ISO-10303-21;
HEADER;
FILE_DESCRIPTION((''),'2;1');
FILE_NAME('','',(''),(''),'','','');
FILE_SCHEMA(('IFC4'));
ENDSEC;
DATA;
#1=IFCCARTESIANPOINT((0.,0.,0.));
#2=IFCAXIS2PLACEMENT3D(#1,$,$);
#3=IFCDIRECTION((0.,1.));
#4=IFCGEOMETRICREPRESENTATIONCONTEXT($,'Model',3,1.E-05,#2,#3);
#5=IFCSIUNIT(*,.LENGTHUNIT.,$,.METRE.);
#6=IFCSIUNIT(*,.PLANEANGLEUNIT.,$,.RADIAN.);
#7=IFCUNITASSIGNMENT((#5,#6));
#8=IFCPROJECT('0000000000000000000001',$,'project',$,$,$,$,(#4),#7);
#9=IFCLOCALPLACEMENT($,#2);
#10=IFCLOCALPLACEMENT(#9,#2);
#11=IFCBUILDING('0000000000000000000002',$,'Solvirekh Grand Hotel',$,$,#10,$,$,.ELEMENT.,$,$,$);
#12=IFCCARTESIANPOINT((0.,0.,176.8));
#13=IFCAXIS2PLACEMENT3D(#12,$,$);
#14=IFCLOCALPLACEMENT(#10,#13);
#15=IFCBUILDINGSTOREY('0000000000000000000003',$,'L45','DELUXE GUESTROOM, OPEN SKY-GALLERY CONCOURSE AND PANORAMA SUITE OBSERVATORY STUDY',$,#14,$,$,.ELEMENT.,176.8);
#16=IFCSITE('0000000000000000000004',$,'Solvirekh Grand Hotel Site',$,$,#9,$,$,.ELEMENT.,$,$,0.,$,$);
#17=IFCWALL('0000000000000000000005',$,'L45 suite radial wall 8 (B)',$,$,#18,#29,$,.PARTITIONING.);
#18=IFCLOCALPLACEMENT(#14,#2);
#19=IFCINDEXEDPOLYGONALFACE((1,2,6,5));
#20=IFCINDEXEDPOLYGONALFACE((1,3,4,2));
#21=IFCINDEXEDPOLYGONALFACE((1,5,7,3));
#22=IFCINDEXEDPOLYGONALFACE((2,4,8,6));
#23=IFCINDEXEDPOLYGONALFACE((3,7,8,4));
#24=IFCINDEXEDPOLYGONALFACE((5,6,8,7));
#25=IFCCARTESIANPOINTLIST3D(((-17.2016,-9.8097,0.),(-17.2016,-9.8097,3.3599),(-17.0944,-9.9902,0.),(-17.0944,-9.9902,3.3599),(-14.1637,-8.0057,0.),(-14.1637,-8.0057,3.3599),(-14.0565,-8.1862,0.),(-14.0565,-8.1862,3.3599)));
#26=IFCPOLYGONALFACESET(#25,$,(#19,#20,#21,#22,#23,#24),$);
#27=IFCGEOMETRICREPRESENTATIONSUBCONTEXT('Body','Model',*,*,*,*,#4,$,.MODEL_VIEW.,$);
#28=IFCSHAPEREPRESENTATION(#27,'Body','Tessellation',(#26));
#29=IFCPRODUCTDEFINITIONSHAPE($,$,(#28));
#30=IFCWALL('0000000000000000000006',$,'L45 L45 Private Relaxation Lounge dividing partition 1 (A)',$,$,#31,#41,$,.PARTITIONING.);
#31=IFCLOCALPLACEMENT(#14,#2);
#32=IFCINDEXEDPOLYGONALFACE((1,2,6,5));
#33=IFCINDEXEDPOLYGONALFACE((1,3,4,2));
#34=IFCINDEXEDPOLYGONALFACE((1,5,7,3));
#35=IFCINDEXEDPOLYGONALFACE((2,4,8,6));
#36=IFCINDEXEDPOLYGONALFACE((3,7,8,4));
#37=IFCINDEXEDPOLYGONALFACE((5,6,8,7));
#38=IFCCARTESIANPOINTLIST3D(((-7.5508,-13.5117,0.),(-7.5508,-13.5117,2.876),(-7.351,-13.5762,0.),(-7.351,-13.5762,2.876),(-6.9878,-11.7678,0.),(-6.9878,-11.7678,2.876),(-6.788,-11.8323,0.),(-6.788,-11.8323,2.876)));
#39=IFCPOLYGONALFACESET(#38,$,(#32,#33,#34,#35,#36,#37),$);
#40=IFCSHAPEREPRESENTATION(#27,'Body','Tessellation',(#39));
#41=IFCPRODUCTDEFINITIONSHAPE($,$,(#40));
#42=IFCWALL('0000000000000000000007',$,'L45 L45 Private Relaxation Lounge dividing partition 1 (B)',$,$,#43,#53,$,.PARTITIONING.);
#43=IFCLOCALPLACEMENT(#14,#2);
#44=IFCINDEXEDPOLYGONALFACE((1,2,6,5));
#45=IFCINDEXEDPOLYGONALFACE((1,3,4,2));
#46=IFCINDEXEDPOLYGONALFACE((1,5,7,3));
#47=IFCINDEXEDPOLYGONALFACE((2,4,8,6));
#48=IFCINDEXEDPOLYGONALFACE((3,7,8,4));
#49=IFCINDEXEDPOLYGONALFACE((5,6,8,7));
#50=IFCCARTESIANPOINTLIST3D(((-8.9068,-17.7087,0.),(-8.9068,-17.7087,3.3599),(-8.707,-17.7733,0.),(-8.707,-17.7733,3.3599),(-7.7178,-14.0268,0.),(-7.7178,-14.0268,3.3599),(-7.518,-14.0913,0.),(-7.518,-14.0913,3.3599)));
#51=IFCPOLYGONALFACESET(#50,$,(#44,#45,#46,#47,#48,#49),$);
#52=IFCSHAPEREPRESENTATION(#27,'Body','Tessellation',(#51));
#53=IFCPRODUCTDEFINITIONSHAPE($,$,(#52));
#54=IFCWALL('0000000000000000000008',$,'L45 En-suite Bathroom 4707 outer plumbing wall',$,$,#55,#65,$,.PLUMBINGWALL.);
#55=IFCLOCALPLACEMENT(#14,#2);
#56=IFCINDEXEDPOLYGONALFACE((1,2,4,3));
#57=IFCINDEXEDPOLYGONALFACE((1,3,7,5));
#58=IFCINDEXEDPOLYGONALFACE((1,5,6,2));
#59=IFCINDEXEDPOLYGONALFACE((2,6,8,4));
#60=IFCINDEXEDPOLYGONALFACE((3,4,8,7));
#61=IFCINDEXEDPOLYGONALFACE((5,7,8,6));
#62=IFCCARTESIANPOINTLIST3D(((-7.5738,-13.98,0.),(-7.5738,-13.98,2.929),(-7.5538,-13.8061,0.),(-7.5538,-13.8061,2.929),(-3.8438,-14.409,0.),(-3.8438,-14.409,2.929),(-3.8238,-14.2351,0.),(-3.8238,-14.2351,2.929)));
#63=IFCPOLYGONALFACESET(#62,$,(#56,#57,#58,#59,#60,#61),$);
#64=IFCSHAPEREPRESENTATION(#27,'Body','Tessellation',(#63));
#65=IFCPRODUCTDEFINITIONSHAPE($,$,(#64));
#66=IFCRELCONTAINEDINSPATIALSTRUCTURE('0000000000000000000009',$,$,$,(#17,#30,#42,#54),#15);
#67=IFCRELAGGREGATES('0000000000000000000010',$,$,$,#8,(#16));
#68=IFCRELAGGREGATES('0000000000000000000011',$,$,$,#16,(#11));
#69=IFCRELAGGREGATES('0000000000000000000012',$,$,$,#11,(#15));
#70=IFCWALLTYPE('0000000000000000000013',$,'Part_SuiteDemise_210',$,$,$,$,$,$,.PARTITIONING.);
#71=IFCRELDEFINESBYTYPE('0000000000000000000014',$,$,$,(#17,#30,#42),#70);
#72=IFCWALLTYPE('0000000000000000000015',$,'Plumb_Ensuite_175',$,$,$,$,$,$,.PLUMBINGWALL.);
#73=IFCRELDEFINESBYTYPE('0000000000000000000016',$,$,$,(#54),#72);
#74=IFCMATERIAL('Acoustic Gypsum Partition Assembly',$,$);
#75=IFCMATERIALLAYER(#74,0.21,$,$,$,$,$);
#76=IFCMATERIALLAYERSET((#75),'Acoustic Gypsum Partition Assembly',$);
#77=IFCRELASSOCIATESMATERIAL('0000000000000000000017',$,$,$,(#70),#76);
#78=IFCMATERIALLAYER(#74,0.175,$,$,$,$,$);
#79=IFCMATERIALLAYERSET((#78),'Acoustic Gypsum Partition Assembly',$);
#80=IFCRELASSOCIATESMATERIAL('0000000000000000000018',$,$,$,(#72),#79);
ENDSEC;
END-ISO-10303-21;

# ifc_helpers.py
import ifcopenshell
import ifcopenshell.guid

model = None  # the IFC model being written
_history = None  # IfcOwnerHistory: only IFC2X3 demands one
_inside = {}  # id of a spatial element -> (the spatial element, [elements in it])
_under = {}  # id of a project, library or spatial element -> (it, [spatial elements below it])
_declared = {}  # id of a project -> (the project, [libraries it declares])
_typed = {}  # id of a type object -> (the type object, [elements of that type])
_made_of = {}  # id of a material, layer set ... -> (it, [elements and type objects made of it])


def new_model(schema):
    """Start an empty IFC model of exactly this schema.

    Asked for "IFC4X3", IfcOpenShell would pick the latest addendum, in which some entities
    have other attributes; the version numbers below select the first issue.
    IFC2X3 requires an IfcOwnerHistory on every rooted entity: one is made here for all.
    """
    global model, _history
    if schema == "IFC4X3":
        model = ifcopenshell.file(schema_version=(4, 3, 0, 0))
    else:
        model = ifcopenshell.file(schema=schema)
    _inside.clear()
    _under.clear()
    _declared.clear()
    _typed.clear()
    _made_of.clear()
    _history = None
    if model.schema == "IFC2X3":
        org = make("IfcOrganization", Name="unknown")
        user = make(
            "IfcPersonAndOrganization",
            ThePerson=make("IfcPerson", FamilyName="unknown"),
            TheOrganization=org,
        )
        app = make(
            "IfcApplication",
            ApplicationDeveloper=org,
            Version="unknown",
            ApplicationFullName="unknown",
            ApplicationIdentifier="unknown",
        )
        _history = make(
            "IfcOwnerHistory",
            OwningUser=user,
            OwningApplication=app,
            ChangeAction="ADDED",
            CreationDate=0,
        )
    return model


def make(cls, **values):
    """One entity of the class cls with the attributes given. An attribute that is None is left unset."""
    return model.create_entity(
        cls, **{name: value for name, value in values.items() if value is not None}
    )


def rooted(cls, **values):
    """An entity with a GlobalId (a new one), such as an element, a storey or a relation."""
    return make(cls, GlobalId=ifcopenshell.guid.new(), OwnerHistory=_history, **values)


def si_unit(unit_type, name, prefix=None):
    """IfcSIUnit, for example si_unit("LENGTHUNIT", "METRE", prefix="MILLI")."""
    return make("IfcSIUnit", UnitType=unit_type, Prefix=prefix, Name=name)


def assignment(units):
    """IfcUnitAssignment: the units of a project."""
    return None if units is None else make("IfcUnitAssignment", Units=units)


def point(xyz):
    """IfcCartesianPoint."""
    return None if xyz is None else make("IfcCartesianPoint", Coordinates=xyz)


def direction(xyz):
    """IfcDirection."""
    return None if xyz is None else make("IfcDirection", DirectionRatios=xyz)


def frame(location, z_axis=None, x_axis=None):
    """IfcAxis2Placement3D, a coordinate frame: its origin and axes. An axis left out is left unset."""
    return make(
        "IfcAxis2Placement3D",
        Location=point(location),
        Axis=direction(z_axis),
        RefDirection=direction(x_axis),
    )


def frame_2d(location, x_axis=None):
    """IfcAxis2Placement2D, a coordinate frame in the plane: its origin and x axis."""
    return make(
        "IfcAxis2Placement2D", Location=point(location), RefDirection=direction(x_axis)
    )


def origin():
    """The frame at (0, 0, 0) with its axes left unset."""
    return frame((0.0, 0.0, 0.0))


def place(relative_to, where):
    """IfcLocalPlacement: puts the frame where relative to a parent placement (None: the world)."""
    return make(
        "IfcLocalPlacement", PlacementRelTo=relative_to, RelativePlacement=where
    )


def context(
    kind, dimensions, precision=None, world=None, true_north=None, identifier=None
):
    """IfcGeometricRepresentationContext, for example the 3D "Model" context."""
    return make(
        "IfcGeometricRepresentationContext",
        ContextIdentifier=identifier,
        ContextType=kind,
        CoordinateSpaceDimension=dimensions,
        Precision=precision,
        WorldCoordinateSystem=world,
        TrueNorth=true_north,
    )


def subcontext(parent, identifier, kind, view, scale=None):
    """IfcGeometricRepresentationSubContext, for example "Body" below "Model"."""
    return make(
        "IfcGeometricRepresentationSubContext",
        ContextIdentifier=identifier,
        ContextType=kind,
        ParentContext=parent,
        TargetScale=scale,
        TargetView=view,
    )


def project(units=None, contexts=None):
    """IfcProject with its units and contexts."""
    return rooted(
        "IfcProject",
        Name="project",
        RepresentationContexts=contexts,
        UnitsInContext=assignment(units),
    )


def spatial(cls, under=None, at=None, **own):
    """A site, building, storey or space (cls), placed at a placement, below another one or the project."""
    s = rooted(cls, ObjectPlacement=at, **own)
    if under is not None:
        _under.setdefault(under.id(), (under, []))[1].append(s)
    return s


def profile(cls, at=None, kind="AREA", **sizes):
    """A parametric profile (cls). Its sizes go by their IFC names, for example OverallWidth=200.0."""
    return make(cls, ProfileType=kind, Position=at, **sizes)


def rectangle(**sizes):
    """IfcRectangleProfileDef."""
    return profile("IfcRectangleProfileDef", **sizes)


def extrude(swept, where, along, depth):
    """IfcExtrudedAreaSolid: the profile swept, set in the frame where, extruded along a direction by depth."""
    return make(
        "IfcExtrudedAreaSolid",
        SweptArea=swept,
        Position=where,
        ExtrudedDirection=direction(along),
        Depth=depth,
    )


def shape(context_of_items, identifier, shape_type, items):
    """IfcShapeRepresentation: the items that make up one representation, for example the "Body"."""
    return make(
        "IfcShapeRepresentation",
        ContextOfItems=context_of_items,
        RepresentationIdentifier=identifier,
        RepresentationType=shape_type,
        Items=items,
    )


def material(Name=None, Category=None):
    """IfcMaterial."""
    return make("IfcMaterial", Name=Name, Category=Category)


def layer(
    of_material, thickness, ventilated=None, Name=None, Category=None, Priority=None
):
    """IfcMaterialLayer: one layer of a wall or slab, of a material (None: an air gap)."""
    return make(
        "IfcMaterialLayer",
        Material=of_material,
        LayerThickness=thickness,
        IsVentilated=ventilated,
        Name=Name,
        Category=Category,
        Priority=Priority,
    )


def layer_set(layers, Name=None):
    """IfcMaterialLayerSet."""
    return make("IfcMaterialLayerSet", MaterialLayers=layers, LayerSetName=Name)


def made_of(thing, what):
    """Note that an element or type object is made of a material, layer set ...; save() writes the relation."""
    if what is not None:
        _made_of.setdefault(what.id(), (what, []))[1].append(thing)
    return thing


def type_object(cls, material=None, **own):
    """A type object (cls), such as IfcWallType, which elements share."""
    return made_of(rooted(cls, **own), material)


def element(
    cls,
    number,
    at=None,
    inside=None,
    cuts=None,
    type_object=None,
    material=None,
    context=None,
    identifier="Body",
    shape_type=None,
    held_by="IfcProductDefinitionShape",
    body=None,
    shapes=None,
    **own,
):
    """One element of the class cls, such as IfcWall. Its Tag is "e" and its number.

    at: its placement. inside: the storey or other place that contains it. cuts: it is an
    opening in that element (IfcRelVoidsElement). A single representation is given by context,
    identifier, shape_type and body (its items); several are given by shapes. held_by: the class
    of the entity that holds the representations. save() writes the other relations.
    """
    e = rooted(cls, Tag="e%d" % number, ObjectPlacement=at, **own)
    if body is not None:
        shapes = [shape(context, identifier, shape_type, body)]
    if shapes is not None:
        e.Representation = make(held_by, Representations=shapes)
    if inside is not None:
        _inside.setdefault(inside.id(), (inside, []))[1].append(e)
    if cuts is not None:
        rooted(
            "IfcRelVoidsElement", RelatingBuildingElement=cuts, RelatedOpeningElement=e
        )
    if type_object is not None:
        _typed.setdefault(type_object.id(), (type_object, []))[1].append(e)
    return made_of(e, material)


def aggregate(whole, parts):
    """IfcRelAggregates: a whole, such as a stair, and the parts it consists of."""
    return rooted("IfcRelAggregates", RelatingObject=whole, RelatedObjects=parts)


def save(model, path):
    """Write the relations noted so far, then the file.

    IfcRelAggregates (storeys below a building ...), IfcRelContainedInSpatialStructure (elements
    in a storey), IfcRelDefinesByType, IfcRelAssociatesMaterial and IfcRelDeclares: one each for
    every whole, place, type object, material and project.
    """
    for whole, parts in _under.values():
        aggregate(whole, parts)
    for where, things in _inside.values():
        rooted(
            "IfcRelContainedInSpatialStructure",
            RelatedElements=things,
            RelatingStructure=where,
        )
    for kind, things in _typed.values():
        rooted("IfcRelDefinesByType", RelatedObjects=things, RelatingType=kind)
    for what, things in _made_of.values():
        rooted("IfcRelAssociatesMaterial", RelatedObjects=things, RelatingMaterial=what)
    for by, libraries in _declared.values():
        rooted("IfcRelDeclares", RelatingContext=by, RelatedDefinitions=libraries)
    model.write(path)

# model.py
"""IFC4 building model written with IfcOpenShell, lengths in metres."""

from ifc_helpers import new_model, si_unit, direction, frame, frame_2d, origin, place, context, subcontext, project, spatial, rectangle, extrude, material, layer, layer_set, type_object, element, save


model = new_model("IFC4")

# Units and contexts
model_context = context("Model", 3, precision=1e-05, world=origin(), true_north=direction((0.0, 1.0)))
body_context = subcontext(model_context, "Body", "Model", "MODEL_VIEW")
ifc_project = project(units=[si_unit("LENGTHUNIT", "METRE"), si_unit("PLANEANGLEUNIT", "RADIAN")], contexts=[model_context])

# Site, building, storey
site_placement = place(None, origin())
site = spatial("IfcSite", under=ifc_project, at=site_placement, Name="Solvirekh Grand Hotel Site", CompositionType="ELEMENT", RefElevation=0.0)
building_placement = place(site_placement, origin())
building = spatial("IfcBuilding", under=site, at=building_placement, Name="Solvirekh Grand Hotel", CompositionType="ELEMENT")
storey_placement = place(building_placement, frame((0.0, 0.0, 176.8)))
storey = spatial("IfcBuildingStorey", under=building, at=storey_placement, Name="L45", Description="DELUXE GUESTROOM, OPEN SKY-GALLERY CONCOURSE AND PANORAMA SUITE OBSERVATORY STUDY", CompositionType="ELEMENT", Elevation=176.8)

# Shared definitions
ifc_material_1 = material(Name="Acoustic Gypsum Partition Assembly")

# Walls
ifc_layer_1 = layer(ifc_material_1, 0.21)
ifc_layer_set_1 = layer_set([ifc_layer_1], Name="Acoustic Gypsum Partition Assembly")
wall_type_1 = type_object("IfcWallType", Name="Part_SuiteDemise_210", PredefinedType="PARTITIONING", material=ifc_layer_set_1)
wall_1_placement = place(storey_placement, frame((-14.1101, -8.0959, 0.0), z_axis=(0.0, 0.0, 1.0), x_axis=(-0.859825, -0.510588, 0.0)))
element("IfcWall", 1, at=wall_1_placement, inside=storey, type_object=wall_type_1, Name="L45 suite radial wall 8 (B)", PredefinedType="PARTITIONING", context=body_context, shape_type="SweptSolid", body=[
    extrude(rectangle(XDim=3.5332, YDim=0.21, at=frame_2d((1.7666, 0.0))), origin(), (0.0, 0.0, 1.0), 3.3599),
])
wall_2_placement = place(storey_placement, frame((-6.8879, -11.8, 0.0), z_axis=(0.0, 0.0, 1.0), x_axis=(-0.307221, -0.951638, 0.0)))
element("IfcWall", 2, at=wall_2_placement, inside=storey, type_object=wall_type_1, Name="L45 L45 Private Relaxation Lounge dividing partition 1 (A)", PredefinedType="PARTITIONING", context=body_context, shape_type="SweptSolid", body=[
    extrude(rectangle(XDim=1.8325, YDim=0.21, at=frame_2d((0.9163, 0.0))), origin(), (0.0, 0.0, 1.0), 2.876),
])
wall_3_placement = place(storey_placement, frame((-7.6179, -14.0591, 0.0), z_axis=(0.0, 0.0, 1.0), x_axis=(-0.307298, -0.951613, 0.0)))
element("IfcWall", 3, at=wall_3_placement, inside=storey, type_object=wall_type_1, Name="L45 L45 Private Relaxation Lounge dividing partition 1 (B)", PredefinedType="PARTITIONING", context=body_context, shape_type="SweptSolid", body=[
    extrude(rectangle(XDim=3.8691, YDim=0.21, at=frame_2d((1.9346, 0.0))), origin(), (0.0, 0.0, 1.0), 3.3599),
])
ifc_layer_2 = layer(ifc_material_1, 0.175)
ifc_layer_set_2 = layer_set([ifc_layer_2], Name="Acoustic Gypsum Partition Assembly")
wall_type_2 = type_object("IfcWallType", Name="Plumb_Ensuite_175", PredefinedType="PLUMBINGWALL", material=ifc_layer_set_2)
wall_4_placement = place(storey_placement, frame((-7.564, -13.8931, 0.0), z_axis=(0.0, 0.0, 1.0), x_axis=(0.993452, -0.114249, 0.0)))
element("IfcWall", 4, at=wall_4_placement, inside=storey, type_object=wall_type_2, Name="L45 En-suite Bathroom 4707 outer plumbing wall", PredefinedType="PLUMBINGWALL", context=body_context, shape_type="SweptSolid", body=[
    extrude(rectangle(XDim=3.7546, YDim=0.175, at=frame_2d((1.8774, 0.0))), origin(), (0.0, 0.0, 1.0), 2.929),
])

save(model, "model.ifc")
